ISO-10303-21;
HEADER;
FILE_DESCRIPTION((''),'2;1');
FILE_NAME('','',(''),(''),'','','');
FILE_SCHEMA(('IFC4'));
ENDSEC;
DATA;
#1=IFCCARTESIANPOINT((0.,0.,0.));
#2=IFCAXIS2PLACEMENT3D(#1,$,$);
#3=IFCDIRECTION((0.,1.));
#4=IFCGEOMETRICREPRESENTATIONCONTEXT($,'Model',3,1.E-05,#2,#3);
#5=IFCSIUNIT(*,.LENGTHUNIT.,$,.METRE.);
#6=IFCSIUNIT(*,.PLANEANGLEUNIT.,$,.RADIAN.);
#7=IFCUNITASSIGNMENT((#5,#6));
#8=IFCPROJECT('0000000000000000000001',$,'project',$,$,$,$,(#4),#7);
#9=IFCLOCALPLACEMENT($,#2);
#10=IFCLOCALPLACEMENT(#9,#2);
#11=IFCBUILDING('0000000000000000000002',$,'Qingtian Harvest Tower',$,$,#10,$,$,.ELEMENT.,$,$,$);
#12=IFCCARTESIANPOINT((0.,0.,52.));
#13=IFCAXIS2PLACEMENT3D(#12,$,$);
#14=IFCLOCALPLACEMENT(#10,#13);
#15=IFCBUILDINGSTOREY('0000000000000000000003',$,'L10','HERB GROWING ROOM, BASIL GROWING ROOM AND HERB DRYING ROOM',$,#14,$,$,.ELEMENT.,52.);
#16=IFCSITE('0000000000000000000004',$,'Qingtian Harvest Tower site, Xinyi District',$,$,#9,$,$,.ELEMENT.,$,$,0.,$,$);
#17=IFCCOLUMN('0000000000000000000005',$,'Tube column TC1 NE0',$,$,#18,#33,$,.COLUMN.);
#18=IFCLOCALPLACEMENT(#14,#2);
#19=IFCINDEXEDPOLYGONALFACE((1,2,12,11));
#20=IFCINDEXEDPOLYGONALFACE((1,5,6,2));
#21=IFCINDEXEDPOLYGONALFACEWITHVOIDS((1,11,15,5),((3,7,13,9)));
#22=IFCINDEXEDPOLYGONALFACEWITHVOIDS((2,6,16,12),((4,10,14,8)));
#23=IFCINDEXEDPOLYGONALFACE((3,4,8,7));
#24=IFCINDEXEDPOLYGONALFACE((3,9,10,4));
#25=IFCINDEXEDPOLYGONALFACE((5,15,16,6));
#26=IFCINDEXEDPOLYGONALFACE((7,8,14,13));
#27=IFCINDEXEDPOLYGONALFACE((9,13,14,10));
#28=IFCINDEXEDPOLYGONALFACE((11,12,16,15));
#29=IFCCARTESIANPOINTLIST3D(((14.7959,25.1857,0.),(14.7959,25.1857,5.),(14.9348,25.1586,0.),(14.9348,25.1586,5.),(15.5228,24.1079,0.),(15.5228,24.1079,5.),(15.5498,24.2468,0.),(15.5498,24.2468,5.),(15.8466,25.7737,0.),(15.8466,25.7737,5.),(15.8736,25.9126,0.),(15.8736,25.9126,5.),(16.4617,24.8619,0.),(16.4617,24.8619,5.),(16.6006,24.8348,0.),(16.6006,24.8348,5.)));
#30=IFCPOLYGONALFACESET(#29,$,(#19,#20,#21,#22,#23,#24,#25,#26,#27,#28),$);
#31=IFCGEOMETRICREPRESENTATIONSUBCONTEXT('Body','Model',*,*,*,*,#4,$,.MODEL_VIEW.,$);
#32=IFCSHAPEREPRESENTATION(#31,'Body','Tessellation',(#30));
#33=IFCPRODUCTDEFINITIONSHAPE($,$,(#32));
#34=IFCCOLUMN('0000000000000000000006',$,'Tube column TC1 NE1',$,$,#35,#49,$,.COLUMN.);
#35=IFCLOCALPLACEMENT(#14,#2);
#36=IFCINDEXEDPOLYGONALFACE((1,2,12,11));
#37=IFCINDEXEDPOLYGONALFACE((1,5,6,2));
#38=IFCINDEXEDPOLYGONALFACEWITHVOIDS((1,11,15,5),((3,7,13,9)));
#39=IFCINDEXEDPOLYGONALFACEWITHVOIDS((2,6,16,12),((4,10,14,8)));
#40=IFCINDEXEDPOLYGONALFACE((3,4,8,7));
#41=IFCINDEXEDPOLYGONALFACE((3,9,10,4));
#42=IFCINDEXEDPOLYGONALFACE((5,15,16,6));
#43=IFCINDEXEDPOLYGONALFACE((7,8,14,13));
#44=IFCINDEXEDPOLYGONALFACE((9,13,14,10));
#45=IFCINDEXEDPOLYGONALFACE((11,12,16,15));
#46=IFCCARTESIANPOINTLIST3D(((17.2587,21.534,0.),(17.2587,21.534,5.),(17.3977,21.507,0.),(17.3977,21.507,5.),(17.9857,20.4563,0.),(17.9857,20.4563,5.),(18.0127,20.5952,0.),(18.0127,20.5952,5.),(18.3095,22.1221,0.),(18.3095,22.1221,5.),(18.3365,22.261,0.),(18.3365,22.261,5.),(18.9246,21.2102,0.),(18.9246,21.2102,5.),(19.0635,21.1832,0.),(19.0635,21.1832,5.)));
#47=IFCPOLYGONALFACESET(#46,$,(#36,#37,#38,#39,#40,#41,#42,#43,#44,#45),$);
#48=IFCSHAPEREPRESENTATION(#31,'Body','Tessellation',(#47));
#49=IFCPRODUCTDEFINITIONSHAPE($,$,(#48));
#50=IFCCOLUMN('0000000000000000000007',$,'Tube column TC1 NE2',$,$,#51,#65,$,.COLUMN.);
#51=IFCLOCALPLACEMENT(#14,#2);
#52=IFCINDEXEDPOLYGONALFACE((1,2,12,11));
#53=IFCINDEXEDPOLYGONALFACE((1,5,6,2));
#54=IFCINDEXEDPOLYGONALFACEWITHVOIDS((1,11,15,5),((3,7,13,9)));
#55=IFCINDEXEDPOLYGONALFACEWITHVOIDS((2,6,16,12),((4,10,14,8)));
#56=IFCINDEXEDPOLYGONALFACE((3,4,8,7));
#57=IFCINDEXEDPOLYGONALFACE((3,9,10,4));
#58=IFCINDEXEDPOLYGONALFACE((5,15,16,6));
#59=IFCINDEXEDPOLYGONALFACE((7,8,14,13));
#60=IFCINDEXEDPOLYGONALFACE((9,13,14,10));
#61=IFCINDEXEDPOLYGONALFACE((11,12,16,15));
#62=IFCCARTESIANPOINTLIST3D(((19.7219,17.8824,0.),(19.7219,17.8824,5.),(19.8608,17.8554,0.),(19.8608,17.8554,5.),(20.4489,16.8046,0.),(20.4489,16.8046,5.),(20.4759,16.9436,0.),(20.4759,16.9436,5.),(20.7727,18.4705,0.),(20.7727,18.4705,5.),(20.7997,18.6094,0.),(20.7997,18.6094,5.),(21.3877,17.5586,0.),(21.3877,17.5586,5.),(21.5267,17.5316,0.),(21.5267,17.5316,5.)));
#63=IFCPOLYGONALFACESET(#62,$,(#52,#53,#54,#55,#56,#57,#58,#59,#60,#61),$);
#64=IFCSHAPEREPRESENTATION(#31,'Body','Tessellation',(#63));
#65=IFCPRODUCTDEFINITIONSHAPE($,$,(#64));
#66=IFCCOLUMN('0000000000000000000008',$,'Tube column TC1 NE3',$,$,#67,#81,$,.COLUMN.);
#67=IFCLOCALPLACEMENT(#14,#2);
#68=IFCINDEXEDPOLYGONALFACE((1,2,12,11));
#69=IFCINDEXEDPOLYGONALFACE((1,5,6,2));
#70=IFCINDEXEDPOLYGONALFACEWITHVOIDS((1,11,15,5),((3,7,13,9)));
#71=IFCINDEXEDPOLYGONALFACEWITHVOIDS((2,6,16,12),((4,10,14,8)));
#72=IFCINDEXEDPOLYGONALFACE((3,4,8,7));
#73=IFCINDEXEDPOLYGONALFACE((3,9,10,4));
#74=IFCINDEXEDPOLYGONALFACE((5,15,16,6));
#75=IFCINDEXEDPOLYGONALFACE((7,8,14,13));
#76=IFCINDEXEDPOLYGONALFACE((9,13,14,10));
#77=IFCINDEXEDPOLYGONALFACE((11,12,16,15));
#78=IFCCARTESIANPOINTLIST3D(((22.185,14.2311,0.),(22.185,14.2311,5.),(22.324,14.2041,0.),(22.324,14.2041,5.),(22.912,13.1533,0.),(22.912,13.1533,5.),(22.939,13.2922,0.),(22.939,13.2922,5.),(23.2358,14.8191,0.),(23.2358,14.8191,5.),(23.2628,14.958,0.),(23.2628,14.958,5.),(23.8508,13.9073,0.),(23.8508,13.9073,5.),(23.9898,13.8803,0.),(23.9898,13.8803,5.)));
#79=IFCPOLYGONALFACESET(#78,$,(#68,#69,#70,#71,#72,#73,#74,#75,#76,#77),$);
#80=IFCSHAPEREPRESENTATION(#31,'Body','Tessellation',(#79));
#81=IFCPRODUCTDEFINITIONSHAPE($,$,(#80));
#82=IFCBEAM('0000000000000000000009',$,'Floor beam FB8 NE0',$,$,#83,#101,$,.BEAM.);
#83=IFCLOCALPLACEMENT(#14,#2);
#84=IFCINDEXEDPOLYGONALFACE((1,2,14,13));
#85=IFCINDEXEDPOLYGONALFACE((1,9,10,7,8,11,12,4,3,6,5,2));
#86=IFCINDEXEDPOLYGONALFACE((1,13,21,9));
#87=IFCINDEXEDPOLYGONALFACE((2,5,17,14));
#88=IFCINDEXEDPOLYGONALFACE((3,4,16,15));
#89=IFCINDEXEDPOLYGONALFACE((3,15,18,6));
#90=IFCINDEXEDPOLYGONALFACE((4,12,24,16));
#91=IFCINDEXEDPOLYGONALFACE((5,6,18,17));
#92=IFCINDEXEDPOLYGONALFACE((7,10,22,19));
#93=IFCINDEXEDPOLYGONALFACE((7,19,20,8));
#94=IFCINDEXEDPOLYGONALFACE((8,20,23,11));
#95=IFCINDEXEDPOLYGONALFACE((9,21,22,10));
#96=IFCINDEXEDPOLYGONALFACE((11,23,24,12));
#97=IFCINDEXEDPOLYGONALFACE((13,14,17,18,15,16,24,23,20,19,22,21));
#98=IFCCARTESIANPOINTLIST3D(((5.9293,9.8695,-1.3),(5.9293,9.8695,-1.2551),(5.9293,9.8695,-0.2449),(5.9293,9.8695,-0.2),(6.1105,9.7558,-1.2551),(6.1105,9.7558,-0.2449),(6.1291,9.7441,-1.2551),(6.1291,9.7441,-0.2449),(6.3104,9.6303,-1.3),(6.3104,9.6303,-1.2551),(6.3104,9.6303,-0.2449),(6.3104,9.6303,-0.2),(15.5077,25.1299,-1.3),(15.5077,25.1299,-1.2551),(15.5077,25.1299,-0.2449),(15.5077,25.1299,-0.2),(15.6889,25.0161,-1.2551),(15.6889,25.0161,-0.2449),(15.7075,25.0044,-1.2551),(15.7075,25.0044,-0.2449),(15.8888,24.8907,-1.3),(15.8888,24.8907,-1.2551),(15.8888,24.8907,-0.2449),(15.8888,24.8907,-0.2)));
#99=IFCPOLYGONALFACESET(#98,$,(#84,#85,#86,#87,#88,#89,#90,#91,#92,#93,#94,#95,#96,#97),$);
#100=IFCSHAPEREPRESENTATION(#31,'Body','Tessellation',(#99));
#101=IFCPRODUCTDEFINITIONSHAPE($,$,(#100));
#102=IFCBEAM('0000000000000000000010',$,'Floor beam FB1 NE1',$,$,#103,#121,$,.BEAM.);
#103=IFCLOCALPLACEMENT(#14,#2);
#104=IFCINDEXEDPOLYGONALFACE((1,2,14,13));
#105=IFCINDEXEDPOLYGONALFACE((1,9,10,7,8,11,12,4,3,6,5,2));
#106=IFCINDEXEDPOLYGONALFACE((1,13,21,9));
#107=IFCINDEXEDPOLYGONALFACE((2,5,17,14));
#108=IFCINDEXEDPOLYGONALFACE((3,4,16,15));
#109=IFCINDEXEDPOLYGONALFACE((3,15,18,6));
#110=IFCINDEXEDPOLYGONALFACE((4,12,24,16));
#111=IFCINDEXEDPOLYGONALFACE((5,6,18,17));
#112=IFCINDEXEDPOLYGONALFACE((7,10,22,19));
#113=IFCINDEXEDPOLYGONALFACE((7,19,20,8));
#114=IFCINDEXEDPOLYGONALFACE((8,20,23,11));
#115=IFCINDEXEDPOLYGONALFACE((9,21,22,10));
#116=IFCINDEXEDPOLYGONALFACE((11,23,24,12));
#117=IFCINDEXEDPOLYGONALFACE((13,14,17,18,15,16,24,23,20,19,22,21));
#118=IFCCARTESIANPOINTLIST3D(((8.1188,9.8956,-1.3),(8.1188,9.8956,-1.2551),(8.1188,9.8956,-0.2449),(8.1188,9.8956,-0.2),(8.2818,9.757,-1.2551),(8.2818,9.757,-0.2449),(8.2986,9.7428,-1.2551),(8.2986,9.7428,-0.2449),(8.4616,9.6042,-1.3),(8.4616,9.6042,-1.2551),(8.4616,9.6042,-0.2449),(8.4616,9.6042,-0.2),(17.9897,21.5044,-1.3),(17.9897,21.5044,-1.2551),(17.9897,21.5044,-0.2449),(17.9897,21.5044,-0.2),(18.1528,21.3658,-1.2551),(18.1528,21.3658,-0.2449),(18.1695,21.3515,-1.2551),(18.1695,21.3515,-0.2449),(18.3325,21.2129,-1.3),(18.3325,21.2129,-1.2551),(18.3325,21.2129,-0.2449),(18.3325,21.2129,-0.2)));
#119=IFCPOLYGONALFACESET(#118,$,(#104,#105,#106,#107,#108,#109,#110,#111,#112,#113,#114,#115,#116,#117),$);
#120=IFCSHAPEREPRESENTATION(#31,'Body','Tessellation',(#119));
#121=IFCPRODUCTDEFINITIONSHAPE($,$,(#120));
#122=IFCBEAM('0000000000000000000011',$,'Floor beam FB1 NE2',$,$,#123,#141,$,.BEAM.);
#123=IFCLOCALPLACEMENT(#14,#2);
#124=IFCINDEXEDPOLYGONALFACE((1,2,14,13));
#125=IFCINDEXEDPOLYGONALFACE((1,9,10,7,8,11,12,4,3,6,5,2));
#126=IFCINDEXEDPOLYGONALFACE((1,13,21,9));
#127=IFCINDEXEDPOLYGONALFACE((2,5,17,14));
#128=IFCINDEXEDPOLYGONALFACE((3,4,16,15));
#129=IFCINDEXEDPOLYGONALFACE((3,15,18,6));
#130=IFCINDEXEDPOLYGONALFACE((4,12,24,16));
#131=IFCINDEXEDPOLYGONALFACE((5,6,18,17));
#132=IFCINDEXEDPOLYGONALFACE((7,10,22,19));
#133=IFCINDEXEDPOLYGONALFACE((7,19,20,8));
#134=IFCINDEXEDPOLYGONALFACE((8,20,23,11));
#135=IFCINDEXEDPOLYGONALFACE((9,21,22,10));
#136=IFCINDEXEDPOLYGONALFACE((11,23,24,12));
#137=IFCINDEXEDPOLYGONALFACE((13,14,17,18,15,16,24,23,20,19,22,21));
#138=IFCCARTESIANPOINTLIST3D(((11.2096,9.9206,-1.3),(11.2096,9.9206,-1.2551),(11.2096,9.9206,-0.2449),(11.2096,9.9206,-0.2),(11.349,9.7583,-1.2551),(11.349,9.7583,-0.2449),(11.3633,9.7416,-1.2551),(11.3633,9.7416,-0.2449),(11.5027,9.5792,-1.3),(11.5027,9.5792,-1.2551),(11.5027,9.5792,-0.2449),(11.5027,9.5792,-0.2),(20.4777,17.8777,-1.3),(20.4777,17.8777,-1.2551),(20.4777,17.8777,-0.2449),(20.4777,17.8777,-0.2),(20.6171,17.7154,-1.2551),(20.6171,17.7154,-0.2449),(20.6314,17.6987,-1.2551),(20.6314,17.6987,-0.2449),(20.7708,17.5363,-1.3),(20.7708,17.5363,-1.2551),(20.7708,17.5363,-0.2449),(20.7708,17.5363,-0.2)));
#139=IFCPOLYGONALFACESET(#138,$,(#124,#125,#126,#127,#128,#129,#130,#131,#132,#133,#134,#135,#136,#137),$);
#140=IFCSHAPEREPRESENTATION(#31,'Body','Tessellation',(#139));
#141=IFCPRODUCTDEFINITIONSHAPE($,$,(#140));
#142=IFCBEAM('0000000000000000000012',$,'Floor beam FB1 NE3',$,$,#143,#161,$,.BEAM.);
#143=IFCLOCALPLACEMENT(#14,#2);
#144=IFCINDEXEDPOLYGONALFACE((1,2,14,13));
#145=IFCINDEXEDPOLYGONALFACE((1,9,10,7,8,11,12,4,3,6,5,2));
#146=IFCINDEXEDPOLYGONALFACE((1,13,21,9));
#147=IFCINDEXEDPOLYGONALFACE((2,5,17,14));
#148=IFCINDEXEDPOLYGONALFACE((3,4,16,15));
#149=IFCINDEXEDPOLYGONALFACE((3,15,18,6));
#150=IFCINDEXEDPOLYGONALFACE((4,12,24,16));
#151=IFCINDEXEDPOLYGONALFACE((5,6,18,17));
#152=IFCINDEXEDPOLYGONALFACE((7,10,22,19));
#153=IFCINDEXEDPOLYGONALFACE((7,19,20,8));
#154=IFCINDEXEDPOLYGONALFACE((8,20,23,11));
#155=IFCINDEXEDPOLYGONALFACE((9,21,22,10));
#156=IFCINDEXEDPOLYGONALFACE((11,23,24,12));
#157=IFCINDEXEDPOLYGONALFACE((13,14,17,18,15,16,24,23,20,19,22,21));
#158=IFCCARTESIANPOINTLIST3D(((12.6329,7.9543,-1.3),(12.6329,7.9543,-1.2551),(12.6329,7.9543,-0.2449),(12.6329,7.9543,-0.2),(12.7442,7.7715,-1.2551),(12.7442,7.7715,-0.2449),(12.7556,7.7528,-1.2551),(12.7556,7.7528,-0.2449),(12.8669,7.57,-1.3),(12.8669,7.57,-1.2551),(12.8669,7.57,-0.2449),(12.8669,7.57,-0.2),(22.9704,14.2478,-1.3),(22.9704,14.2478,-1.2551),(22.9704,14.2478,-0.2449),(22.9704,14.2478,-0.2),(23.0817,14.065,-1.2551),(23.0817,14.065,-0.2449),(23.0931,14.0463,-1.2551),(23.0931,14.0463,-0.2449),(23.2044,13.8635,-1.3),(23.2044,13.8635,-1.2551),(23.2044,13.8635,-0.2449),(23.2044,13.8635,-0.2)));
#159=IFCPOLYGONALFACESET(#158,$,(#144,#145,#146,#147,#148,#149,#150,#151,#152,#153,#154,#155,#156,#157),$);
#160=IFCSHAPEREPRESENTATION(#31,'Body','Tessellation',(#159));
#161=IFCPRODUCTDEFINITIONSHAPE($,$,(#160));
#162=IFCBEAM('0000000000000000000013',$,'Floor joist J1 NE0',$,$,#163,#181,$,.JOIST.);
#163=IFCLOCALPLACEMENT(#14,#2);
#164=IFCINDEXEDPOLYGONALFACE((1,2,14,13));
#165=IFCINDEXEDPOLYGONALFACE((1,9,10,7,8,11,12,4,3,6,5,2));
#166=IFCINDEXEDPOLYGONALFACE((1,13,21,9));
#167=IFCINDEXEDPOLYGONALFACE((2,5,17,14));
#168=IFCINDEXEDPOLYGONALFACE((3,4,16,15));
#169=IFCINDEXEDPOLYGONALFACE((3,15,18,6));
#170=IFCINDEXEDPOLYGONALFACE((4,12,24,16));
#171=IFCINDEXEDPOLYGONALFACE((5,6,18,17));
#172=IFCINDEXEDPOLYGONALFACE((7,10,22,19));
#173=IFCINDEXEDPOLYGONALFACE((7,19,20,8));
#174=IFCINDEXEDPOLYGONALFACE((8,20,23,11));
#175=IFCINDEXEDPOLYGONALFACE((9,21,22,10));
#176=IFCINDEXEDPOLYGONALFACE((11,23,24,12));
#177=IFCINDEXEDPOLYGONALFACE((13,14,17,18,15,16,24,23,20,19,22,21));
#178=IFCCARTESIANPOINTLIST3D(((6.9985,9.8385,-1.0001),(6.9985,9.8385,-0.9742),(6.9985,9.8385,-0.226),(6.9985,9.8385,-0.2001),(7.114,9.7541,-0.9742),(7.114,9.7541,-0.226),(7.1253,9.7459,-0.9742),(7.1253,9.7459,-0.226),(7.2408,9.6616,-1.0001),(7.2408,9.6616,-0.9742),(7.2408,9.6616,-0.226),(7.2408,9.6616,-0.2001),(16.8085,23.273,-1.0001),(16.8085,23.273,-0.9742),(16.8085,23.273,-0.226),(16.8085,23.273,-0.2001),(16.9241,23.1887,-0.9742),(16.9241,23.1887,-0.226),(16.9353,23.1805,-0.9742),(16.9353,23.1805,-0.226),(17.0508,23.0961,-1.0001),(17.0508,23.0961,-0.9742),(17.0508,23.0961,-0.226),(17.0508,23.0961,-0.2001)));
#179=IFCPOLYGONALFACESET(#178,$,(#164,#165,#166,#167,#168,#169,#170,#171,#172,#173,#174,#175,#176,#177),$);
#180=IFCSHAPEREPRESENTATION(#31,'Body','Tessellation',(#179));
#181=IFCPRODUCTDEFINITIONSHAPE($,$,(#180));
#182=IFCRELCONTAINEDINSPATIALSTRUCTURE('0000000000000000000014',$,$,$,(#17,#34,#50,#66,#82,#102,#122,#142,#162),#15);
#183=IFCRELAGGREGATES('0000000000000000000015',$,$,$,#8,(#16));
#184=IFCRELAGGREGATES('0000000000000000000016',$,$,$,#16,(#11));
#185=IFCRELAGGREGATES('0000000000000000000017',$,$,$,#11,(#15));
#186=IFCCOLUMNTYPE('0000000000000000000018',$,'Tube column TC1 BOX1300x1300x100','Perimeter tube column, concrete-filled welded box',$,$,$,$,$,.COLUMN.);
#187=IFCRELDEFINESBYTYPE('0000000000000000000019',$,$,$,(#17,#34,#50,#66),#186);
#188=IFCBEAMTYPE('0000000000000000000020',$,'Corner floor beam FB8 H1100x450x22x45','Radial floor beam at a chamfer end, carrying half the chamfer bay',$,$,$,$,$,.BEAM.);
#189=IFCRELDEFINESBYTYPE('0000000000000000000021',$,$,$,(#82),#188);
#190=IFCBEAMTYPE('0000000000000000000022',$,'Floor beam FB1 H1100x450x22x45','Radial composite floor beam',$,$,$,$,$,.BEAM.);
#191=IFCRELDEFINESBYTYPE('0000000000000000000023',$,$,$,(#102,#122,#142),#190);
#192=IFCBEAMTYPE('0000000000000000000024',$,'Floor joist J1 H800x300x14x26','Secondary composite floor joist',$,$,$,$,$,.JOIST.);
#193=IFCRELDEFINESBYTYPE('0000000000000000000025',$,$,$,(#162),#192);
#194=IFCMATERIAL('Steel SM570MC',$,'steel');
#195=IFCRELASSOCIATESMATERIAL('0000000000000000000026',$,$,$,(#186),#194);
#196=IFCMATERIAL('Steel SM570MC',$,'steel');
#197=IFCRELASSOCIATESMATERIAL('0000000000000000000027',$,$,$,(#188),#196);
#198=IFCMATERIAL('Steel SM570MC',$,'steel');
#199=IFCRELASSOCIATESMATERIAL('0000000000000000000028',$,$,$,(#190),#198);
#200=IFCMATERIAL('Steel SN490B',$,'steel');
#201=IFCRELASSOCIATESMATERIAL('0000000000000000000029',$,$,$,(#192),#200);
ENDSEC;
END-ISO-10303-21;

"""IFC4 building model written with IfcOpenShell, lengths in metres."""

from ifc_helpers import new_model, si_unit, direction, frame, origin, origin_2d, place, context, subcontext, project, spatial, hollow_rectangle, i_section, extrude, material, material_profile, profile_set, type_object, element, save


model = new_model("IFC4")

# Units and contexts
model_context = context("Model", 3, precision=1e-05, world=origin(), true_north=direction((0.0, 1.0)))
body_context = subcontext(model_context, "Body", "Model", "MODEL_VIEW")
ifc_project = project(units=[si_unit("LENGTHUNIT", "METRE"), si_unit("PLANEANGLEUNIT", "RADIAN")], contexts=[model_context])

# Site, building, storey
site_placement = place(None, origin())
site = spatial("IfcSite", under=ifc_project, at=site_placement, Name="Qingtian Harvest Tower site, Xinyi District", CompositionType="ELEMENT", RefElevation=0.0)
building_placement = place(site_placement, origin())
building = spatial("IfcBuilding", under=site, at=building_placement, Name="Qingtian Harvest Tower", CompositionType="ELEMENT")
storey_placement = place(building_placement, frame((0.0, 0.0, 52.0)))
storey = spatial("IfcBuildingStorey", under=building, at=storey_placement, Name="L10", Description="HERB GROWING ROOM, BASIL GROWING ROOM AND HERB DRYING ROOM", CompositionType="ELEMENT", Elevation=52.0)

# Columns
ifc_material_1 = material(Name="Steel SM570MC", Category="steel")
ifc_material_profile_1 = material_profile(ifc_material_1, hollow_rectangle(XDim=1.3, YDim=1.3, WallThickness=0.1001, at=origin_2d()), Name="BOX1300x1300x100")
ifc_profile_set_1 = profile_set([ifc_material_profile_1], Name="Steel SM570MC")
column_type = type_object("IfcColumnType", Name="Tube column TC1 BOX1300x1300x100", Description="Perimeter tube column, concrete-filled welded box", PredefinedType="COLUMN", material=ifc_profile_set_1)
for number, where, z_axis, x_axis, name in (
    (1, (15.6982, 25.0103, 0.0), (0.0, 0.0, 1.0), (-0.559193, 0.829038, 0.0), "Tube column TC1 NE0"),
    (2, (18.1611, 21.3586, 0.0), (0.0, 0.0, 1.0), (-0.559193, 0.829038, 0.0), "Tube column TC1 NE1"),
    (3, (20.6243, 17.707, 0.0), (0.0, 0.0, 1.0), (-0.559193, 0.829038, 0.0), "Tube column TC1 NE2"),
    (4, (23.0874, 14.0557, 0.0), (0.0, 0.0, 1.0), (-0.559193, 0.829038, 0.0), "Tube column TC1 NE3"),
):
    element("IfcColumn", number, at=place(storey_placement, frame(where, z_axis=z_axis, x_axis=x_axis)), inside=storey, type_object=column_type, Name=name, PredefinedType="COLUMN", context=body_context, shape_type="SweptSolid", body=[
        extrude(hollow_rectangle(XDim=1.3, YDim=1.3, WallThickness=0.1001, at=origin_2d()), origin(), (0.0, 0.0, 1.0), 5.0),
    ])

# Beams
ifc_material_2 = material(Name="Steel SM570MC", Category="steel")
ifc_material_profile_2 = material_profile(ifc_material_2, i_section(OverallWidth=0.45, OverallDepth=1.1001, WebThickness=0.022, FlangeThickness=0.0449, at=origin_2d()), Name="H1100x450x22x45")
ifc_profile_set_2 = profile_set([ifc_material_profile_2], Name="Steel SM570MC")
beam_type_1 = type_object("IfcBeamType", Name="Corner floor beam FB8 H1100x450x22x45", Description="Radial floor beam at a chamfer end, carrying half the chamfer bay", PredefinedType="BEAM", material=ifc_profile_set_2)
beam_1_placement = place(storey_placement, frame((15.6982, 25.0103, -0.75), z_axis=(-0.531623, -0.846981, 0.0), x_axis=(0.846981, -0.531623, 0.0)))
element("IfcBeam", 5, at=beam_1_placement, inside=storey, type_object=beam_type_1, Name="Floor beam FB8 NE0", PredefinedType="BEAM", context=body_context, shape_type="SweptSolid", body=[
    extrude(i_section(OverallWidth=0.45, OverallDepth=1.1001, WebThickness=0.022, FlangeThickness=0.0449, at=origin_2d()), origin(), (0.0, 0.0, 1.0), 18.0173),
])
ifc_material_3 = material(Name="Steel SM570MC", Category="steel")
ifc_material_profile_3 = material_profile(ifc_material_3, i_section(OverallWidth=0.45, OverallDepth=1.1001, WebThickness=0.022, FlangeThickness=0.0449, at=origin_2d()), Name="H1100x450x22x45")
ifc_profile_set_3 = profile_set([ifc_material_profile_3], Name="Steel SM570MC")
beam_type_2 = type_object("IfcBeamType", Name="Floor beam FB1 H1100x450x22x45", Description="Radial composite floor beam", PredefinedType="BEAM", material=ifc_profile_set_3)
beam_2_placement = place(storey_placement, frame((18.1611, 21.3586, -0.75), z_axis=(-0.647782, -0.761826, 0.0), x_axis=(0.761826, -0.647782, 0.0)))
element("IfcBeam", 6, at=beam_2_placement, inside=storey, type_object=beam_type_2, Name="Floor beam FB1 NE1", PredefinedType="BEAM", context=body_context, shape_type="SweptSolid", body=[
    extrude(i_section(OverallWidth=0.45, OverallDepth=1.1001, WebThickness=0.022, FlangeThickness=0.0449, at=origin_2d()), origin(), (0.0, 0.0, 1.0), 15.238),
])
beam_3_placement = place(storey_placement, frame((20.6243, 17.707, -0.75), z_axis=(-0.758732, -0.651403, 0.0), x_axis=(0.651403, -0.758732, 0.0)))
element("IfcBeam", 7, at=beam_3_placement, inside=storey, type_object=beam_type_2, Name="Floor beam FB1 NE2", PredefinedType="BEAM", context=body_context, shape_type="SweptSolid", body=[
    extrude(i_section(OverallWidth=0.45, OverallDepth=1.1001, WebThickness=0.022, FlangeThickness=0.0449, at=origin_2d()), origin(), (0.0, 0.0, 1.0), 12.2153),
])
beam_4_placement = place(storey_placement, frame((23.0874, 14.0557, -0.75), z_axis=(-0.854157, -0.520015, 0.0), x_axis=(0.520015, -0.854157, 0.0)))
element("IfcBeam", 8, at=beam_4_placement, inside=storey, type_object=beam_type_2, Name="Floor beam FB1 NE3", PredefinedType="BEAM", context=body_context, shape_type="SweptSolid", body=[
    extrude(i_section(OverallWidth=0.45, OverallDepth=1.1001, WebThickness=0.022, FlangeThickness=0.0449, at=origin_2d()), origin(), (0.0, 0.0, 1.0), 12.1025),
])
ifc_material_4 = material(Name="Steel SN490B", Category="steel")
ifc_material_profile_4 = material_profile(ifc_material_4, i_section(OverallWidth=0.3, OverallDepth=0.8, WebThickness=0.0139, FlangeThickness=0.0259, at=origin_2d()), Name="H800x300x14x26")
ifc_profile_set_4 = profile_set([ifc_material_profile_4], Name="Steel SN490B")
beam_type_3 = type_object("IfcBeamType", Name="Floor joist J1 H800x300x14x26", Description="Secondary composite floor joist", PredefinedType="JOIST", material=ifc_profile_set_4)
beam_5_placement = place(storey_placement, frame((16.9297, 23.1846, -0.6001), z_axis=(-0.589722, -0.807606, 0.0), x_axis=(0.807606, -0.589722, 0.0)))
element("IfcBeam", 9, at=beam_5_placement, inside=storey, type_object=beam_type_3, Name="Floor joist J1 NE0", PredefinedType="JOIST", context=body_context, shape_type="SweptSolid", body=[
    extrude(i_section(OverallWidth=0.3, OverallDepth=0.8, WebThickness=0.0139, FlangeThickness=0.0259, at=origin_2d()), origin(), (0.0, 0.0, 1.0), 16.635),
])

save(model, "model.ifc")
